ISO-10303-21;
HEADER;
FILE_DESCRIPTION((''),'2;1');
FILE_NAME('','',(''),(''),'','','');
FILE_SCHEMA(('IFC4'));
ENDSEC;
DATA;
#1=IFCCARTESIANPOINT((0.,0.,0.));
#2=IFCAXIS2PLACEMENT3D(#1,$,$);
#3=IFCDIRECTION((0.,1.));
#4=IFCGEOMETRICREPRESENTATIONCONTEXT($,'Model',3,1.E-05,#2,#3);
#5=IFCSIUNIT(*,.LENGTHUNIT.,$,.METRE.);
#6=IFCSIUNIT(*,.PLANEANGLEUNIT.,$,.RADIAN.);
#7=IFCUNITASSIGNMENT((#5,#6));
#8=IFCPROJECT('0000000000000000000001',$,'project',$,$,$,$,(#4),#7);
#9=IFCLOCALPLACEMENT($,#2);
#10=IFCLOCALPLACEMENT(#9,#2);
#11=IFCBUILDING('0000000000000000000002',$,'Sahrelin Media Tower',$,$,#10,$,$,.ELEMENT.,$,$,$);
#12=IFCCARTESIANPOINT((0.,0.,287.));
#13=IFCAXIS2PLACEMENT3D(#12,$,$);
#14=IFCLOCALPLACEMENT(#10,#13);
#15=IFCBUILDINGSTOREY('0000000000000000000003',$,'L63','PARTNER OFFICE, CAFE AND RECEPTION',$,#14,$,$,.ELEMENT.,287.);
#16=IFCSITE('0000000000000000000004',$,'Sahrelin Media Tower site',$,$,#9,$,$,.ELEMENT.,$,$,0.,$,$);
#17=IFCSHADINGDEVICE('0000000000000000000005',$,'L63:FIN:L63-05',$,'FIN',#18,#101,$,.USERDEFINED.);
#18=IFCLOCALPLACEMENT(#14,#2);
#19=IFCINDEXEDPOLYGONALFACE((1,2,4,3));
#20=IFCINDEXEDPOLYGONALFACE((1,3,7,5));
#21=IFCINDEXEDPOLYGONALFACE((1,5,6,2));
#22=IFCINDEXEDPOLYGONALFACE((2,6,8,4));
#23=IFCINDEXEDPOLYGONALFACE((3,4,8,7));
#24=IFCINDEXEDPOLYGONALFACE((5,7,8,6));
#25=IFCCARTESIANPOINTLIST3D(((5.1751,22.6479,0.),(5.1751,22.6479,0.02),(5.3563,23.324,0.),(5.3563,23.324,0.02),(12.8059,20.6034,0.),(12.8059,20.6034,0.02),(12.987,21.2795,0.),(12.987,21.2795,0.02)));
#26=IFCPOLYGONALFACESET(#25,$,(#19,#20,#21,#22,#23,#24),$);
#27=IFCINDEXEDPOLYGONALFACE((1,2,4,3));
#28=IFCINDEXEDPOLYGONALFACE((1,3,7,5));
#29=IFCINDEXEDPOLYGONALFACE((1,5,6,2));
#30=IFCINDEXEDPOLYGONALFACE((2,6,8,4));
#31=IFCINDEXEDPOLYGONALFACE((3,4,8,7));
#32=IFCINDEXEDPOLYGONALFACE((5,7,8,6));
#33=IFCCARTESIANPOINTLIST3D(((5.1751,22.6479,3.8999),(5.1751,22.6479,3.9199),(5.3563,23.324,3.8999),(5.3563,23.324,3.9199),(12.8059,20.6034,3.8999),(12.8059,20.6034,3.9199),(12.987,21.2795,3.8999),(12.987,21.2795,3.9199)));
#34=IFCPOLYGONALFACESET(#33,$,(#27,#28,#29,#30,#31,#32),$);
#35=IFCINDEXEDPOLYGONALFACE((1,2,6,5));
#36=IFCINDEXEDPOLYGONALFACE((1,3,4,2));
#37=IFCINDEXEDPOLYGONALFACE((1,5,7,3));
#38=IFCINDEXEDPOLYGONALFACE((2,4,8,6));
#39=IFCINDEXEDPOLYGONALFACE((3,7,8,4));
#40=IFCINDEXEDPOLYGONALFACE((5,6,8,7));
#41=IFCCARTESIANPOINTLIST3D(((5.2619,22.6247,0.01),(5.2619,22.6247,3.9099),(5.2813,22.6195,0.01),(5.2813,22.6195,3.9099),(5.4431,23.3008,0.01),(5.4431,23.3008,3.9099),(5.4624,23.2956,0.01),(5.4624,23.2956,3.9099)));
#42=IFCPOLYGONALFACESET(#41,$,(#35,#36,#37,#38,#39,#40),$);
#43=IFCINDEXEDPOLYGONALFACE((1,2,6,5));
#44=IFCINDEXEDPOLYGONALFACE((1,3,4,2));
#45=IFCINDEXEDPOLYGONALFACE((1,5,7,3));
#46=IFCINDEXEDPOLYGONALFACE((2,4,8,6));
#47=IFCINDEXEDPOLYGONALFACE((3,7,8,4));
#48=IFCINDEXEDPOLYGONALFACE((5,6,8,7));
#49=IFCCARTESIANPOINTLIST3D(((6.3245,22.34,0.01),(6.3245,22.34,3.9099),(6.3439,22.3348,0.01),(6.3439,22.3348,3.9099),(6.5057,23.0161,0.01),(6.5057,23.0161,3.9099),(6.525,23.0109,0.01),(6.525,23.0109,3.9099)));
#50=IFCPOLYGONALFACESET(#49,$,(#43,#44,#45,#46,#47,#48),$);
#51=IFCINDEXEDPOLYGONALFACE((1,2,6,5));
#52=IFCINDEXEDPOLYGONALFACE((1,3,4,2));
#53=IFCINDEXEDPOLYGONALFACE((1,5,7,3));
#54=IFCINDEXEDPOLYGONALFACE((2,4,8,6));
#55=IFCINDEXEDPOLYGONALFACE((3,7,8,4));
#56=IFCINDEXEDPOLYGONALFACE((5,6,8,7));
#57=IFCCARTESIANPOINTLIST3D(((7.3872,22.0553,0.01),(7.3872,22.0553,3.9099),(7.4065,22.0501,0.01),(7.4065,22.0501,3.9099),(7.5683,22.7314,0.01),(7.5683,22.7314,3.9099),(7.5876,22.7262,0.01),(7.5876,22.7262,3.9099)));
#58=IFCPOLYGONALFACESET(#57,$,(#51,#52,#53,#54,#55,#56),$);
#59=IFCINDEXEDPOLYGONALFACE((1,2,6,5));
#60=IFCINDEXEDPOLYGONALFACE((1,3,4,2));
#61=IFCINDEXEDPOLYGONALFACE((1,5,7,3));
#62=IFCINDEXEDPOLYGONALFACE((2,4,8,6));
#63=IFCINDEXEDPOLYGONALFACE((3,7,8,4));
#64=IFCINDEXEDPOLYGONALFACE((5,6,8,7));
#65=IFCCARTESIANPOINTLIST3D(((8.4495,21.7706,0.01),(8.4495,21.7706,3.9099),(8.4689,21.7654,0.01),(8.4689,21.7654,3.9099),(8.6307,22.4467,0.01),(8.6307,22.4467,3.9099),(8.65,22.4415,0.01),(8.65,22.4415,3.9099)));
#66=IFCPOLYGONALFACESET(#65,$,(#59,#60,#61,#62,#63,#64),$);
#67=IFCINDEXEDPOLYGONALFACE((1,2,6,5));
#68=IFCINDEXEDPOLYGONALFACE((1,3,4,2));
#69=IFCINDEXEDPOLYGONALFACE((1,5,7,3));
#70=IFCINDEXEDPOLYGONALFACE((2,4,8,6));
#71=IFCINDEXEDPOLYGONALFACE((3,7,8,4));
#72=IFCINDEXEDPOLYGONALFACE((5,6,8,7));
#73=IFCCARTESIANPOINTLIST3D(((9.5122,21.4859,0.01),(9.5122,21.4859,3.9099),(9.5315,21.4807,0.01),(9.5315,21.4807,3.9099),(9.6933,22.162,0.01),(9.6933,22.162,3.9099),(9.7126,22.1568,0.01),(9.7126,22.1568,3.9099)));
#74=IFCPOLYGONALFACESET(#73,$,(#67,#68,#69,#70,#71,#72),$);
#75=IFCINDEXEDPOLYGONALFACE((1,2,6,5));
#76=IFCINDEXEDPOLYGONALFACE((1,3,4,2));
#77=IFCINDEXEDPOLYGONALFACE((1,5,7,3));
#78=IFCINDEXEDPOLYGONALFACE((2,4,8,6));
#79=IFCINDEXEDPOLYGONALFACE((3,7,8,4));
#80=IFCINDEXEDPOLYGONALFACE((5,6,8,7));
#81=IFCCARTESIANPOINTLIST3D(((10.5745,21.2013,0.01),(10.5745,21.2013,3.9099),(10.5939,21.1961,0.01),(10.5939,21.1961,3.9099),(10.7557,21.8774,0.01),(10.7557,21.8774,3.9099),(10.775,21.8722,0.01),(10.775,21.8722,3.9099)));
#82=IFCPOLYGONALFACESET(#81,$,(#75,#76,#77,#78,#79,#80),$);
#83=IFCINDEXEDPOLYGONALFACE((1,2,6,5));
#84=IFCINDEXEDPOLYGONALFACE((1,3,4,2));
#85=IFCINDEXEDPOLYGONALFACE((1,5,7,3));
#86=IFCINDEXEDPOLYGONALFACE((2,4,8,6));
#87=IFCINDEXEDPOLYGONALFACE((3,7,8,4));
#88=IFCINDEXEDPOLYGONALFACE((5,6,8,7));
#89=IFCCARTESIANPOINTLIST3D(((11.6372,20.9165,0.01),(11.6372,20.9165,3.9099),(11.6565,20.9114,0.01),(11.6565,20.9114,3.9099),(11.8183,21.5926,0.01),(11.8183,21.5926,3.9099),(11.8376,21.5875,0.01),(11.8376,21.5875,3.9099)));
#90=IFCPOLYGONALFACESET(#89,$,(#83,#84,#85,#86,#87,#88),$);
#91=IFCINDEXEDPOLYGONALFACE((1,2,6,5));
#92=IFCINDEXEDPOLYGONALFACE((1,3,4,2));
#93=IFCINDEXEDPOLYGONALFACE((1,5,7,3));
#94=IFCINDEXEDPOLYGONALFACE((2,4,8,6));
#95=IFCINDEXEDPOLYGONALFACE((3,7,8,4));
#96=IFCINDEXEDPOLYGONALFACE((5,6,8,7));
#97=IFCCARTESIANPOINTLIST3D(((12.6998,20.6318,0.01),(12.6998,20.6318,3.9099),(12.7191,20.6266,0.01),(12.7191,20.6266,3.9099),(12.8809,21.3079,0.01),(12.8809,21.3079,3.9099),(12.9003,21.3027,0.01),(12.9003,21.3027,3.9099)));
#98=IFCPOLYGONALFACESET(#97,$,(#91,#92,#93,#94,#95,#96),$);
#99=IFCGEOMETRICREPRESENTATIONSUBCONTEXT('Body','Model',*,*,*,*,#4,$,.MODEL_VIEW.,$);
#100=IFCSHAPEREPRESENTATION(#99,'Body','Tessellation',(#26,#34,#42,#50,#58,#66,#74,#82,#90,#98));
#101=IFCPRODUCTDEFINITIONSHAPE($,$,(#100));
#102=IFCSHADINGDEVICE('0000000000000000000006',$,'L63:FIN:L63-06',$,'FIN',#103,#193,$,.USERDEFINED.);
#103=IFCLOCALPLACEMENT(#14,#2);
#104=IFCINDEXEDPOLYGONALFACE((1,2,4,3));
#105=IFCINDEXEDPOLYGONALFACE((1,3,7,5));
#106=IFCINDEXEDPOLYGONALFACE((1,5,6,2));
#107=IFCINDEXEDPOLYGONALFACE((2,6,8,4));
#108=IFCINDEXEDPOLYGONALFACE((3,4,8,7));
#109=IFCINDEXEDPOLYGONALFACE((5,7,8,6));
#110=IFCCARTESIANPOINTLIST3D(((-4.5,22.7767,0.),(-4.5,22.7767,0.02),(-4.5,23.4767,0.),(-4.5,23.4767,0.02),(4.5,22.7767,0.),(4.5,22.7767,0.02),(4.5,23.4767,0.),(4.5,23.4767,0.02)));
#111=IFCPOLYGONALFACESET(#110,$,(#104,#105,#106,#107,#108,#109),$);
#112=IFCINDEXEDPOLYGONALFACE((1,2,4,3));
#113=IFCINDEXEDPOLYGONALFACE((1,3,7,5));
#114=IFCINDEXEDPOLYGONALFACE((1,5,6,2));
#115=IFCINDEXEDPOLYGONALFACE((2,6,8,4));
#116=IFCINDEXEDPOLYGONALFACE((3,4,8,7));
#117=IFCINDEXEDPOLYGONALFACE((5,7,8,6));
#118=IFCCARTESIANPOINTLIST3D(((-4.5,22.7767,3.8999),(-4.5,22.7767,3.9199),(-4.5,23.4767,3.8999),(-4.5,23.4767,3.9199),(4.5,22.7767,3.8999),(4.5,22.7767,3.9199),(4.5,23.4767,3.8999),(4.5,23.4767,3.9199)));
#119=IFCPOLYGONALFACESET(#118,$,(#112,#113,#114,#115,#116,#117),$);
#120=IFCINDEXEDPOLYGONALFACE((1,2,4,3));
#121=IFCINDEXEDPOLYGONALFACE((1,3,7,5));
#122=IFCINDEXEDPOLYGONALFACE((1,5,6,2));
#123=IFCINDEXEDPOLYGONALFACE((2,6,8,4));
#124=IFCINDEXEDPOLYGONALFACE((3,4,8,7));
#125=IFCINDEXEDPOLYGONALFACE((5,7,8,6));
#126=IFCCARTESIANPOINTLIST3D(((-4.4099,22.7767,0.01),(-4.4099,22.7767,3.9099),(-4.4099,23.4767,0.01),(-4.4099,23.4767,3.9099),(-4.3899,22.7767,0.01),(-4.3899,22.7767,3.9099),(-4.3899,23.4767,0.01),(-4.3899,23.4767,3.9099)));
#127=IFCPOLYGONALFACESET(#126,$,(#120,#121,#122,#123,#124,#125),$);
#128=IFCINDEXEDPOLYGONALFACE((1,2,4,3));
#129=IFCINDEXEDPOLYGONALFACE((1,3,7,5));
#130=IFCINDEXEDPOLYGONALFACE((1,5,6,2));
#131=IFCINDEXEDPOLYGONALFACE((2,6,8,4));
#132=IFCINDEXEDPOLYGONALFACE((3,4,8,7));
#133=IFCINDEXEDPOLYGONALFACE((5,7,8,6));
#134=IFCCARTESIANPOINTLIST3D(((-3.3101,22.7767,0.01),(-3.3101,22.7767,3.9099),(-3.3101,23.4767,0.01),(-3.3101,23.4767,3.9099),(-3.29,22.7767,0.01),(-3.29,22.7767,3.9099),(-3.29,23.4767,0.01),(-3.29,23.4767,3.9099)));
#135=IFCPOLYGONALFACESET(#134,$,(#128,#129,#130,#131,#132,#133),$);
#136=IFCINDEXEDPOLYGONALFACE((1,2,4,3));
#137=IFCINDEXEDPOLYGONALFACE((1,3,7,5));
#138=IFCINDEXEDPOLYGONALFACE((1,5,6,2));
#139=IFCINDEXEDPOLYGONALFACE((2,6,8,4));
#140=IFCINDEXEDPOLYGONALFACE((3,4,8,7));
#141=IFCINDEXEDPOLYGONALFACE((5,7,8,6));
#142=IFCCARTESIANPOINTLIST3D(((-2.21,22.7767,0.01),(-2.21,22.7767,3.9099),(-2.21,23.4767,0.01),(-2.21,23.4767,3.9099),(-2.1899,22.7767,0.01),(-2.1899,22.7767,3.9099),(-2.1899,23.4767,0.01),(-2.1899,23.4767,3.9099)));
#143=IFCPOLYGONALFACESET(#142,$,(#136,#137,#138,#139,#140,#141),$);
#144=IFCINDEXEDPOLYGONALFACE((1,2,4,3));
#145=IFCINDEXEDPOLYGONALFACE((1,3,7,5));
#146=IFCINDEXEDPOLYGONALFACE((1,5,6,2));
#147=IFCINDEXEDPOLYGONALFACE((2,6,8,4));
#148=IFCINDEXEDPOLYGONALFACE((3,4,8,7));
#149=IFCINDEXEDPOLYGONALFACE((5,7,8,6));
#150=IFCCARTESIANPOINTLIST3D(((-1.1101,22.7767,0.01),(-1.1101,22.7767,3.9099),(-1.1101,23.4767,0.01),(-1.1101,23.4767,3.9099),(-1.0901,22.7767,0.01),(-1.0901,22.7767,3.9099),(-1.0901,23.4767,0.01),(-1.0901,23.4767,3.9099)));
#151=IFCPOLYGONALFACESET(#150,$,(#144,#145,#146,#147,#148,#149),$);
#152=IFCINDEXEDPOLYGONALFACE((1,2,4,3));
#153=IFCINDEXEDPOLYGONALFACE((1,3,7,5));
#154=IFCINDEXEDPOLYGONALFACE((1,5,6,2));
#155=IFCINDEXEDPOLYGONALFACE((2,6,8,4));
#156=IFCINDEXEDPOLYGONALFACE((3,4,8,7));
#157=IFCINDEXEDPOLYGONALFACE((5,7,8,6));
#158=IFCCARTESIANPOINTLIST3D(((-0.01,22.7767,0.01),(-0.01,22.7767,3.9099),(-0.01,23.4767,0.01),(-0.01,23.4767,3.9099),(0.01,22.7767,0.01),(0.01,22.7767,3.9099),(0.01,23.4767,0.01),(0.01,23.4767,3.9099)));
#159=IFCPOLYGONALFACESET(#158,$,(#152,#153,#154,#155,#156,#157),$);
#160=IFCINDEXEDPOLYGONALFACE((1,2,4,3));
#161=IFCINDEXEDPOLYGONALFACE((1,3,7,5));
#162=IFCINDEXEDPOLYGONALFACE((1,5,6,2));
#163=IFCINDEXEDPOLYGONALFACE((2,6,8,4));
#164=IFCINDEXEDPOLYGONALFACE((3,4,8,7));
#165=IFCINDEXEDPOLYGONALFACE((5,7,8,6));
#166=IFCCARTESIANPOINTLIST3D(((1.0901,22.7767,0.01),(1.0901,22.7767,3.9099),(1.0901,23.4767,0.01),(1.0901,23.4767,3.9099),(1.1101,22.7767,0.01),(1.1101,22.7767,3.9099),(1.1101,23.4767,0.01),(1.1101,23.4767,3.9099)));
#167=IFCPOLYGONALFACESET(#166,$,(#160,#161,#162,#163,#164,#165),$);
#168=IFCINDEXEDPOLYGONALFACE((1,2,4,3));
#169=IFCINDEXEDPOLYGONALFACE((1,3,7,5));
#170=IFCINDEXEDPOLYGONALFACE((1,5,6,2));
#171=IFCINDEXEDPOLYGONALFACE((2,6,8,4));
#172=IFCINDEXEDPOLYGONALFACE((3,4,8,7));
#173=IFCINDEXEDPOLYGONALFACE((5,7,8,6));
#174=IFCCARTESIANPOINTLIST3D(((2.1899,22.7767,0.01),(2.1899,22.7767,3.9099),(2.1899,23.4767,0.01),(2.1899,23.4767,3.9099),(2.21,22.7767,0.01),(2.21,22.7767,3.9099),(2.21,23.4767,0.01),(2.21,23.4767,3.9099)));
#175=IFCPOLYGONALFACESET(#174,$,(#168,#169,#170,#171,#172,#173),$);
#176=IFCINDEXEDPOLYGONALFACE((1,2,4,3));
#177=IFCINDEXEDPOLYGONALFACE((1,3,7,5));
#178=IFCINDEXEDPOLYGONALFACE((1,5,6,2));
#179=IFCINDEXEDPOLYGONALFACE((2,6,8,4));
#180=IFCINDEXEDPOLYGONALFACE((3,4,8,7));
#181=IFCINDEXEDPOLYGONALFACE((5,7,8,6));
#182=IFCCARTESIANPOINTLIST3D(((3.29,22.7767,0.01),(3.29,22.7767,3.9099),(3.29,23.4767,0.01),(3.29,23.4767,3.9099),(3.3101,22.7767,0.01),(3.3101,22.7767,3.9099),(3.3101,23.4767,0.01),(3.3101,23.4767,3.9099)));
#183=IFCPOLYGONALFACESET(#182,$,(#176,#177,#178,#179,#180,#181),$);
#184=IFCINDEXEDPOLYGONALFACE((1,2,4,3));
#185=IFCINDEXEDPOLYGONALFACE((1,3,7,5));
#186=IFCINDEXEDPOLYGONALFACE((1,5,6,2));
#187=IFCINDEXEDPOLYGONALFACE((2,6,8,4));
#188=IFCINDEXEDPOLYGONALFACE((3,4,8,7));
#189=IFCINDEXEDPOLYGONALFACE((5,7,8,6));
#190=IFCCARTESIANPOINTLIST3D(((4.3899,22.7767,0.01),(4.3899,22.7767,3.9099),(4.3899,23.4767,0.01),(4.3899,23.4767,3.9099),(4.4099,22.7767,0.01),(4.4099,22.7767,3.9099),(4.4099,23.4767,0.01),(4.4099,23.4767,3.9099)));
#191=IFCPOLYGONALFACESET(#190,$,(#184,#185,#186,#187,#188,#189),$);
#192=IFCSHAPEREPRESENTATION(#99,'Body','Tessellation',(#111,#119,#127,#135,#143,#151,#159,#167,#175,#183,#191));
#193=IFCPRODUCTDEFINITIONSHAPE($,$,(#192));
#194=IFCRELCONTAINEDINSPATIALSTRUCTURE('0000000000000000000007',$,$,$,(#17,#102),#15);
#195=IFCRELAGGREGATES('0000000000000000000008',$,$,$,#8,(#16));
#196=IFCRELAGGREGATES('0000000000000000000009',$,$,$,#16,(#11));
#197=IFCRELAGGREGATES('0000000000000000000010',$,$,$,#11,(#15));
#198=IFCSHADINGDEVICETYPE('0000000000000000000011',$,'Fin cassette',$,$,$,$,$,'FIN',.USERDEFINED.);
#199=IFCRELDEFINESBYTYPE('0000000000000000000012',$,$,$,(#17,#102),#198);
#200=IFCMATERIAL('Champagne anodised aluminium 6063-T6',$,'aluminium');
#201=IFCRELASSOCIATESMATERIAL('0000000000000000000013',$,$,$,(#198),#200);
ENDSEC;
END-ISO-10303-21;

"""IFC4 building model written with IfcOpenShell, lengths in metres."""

from ifc_helpers import new_model, si_unit, direction, frame, origin, origin_2d, place, context, subcontext, project, spatial, rectangle, extrude, material, type_object, element, save


model = new_model("IFC4")

# Units and contexts
model_context = context("Model", 3, precision=1e-05, world=origin(), true_north=direction((0.0, 1.0)))
body_context = subcontext(model_context, "Body", "Model", "MODEL_VIEW")
ifc_project = project(units=[si_unit("LENGTHUNIT", "METRE"), si_unit("PLANEANGLEUNIT", "RADIAN")], contexts=[model_context])

# Site, building, storey
site_placement = place(None, origin())
site = spatial("IfcSite", under=ifc_project, at=site_placement, Name="Sahrelin Media Tower site", CompositionType="ELEMENT", RefElevation=0.0)
building_placement = place(site_placement, origin())
building = spatial("IfcBuilding", under=site, at=building_placement, Name="Sahrelin Media Tower", CompositionType="ELEMENT")
storey_placement = place(building_placement, frame((0.0, 0.0, 287.0)))
storey = spatial("IfcBuildingStorey", under=building, at=storey_placement, Name="L63", Description="PARTNER OFFICE, CAFE AND RECEPTION", CompositionType="ELEMENT", Elevation=287.0)

# Shared definitions
ifc_material_1 = material(Name="Champagne anodised aluminium 6063-T6", Category="aluminium")
placement_1 = place(storey_placement, frame((0.0, 22.7068, 0.0), z_axis=(0.0, 0.0, 1.0), x_axis=(1.0, 0.0, 0.0)))

# Shading devices
shading_device_type_1 = type_object("IfcShadingDeviceType", Name="Fin cassette", ElementType="FIN", PredefinedType="USERDEFINED", material=ifc_material_1)
placement_2 = place(storey_placement, frame((8.9724, 21.5581, 0.0), z_axis=(0.0, 0.0, 1.0), x_axis=(0.965929, -0.258808, 0.0)))
element("IfcShadingDevice", 1, at=placement_2, inside=storey, type_object=shading_device_type_1, Name="L63:FIN:L63-05", ObjectType="FIN", PredefinedType="USERDEFINED", context=body_context, shape_type="SweptSolid", body=[
    extrude(rectangle(XDim=7.8999, YDim=0.7, at=origin_2d()), frame((0.0, 0.4199, 0.0)), (0.0, 0.0, 1.0), 0.02),
    extrude(rectangle(XDim=7.8999, YDim=0.7, at=origin_2d()), frame((0.0, 0.4199, 3.8999)), (0.0, 0.0, 1.0), 0.02),
    extrude(rectangle(XDim=0.02, YDim=0.7, at=origin_2d()), frame((-3.8501, 0.4199, 0.01), z_axis=(0.0, 0.0, 1.0), x_axis=(1.0, 0.0, 0.0)), (0.0, 0.0, 1.0), 3.8999),
    extrude(rectangle(XDim=0.02, YDim=0.7, at=origin_2d()), frame((-2.75, 0.4199, 0.01), z_axis=(0.0, 0.0, 1.0), x_axis=(1.0, 0.0, 0.0)), (0.0, 0.0, 1.0), 3.8999),
    extrude(rectangle(XDim=0.02, YDim=0.7, at=origin_2d()), frame((-1.6499, 0.4199, 0.01), z_axis=(0.0, 0.0, 1.0), x_axis=(1.0, 0.0, 0.0)), (0.0, 0.0, 1.0), 3.8999),
    extrude(rectangle(XDim=0.02, YDim=0.7, at=origin_2d()), frame((-0.55, 0.4199, 0.01), z_axis=(0.0, 0.0, 1.0), x_axis=(1.0, 0.0, 0.0)), (0.0, 0.0, 1.0), 3.8999),
    extrude(rectangle(XDim=0.02, YDim=0.7, at=origin_2d()), frame((0.55, 0.4199, 0.01), z_axis=(0.0, 0.0, 1.0), x_axis=(1.0, 0.0, 0.0)), (0.0, 0.0, 1.0), 3.8999),
    extrude(rectangle(XDim=0.02, YDim=0.7, at=origin_2d()), frame((1.6499, 0.4199, 0.01), z_axis=(0.0, 0.0, 1.0), x_axis=(1.0, 0.0, 0.0)), (0.0, 0.0, 1.0), 3.8999),
    extrude(rectangle(XDim=0.02, YDim=0.7, at=origin_2d()), frame((2.75, 0.4199, 0.01), z_axis=(0.0, 0.0, 1.0), x_axis=(1.0, 0.0, 0.0)), (0.0, 0.0, 1.0), 3.8999),
    extrude(rectangle(XDim=0.02, YDim=0.7, at=origin_2d()), frame((3.8501, 0.4199, 0.01), z_axis=(0.0, 0.0, 1.0), x_axis=(1.0, 0.0, 0.0)), (0.0, 0.0, 1.0), 3.8999),
])
element("IfcShadingDevice", 2, at=placement_1, inside=storey, type_object=shading_device_type_1, Name="L63:FIN:L63-06", ObjectType="FIN", PredefinedType="USERDEFINED", context=body_context, shape_type="SweptSolid", body=[
    extrude(rectangle(XDim=9.0, YDim=0.7, at=origin_2d()), frame((0.0, 0.4199, 0.0)), (0.0, 0.0, 1.0), 0.02),
    extrude(rectangle(XDim=9.0, YDim=0.7, at=origin_2d()), frame((0.0, 0.4199, 3.8999)), (0.0, 0.0, 1.0), 0.02),
    extrude(rectangle(XDim=0.02, YDim=0.7, at=origin_2d()), frame((-4.3999, 0.4199, 0.01), z_axis=(0.0, 0.0, 1.0), x_axis=(1.0, 0.0, 0.0)), (0.0, 0.0, 1.0), 3.8999),
    extrude(rectangle(XDim=0.02, YDim=0.7, at=origin_2d()), frame((-3.3, 0.4199, 0.01), z_axis=(0.0, 0.0, 1.0), x_axis=(1.0, 0.0, 0.0)), (0.0, 0.0, 1.0), 3.8999),
    extrude(rectangle(XDim=0.02, YDim=0.7, at=origin_2d()), frame((-2.2, 0.4199, 0.01), z_axis=(0.0, 0.0, 1.0), x_axis=(1.0, 0.0, 0.0)), (0.0, 0.0, 1.0), 3.8999),
    extrude(rectangle(XDim=0.02, YDim=0.7, at=origin_2d()), frame((-1.1001, 0.4199, 0.01), z_axis=(0.0, 0.0, 1.0), x_axis=(1.0, 0.0, 0.0)), (0.0, 0.0, 1.0), 3.8999),
    extrude(rectangle(XDim=0.02, YDim=0.7, at=origin_2d()), frame((0.0, 0.4199, 0.01), z_axis=(0.0, 0.0, 1.0), x_axis=(1.0, 0.0, 0.0)), (0.0, 0.0, 1.0), 3.8999),
    extrude(rectangle(XDim=0.02, YDim=0.7, at=origin_2d()), frame((1.1001, 0.4199, 0.01), z_axis=(0.0, 0.0, 1.0), x_axis=(1.0, 0.0, 0.0)), (0.0, 0.0, 1.0), 3.8999),
    extrude(rectangle(XDim=0.02, YDim=0.7, at=origin_2d()), frame((2.2, 0.4199, 0.01), z_axis=(0.0, 0.0, 1.0), x_axis=(1.0, 0.0, 0.0)), (0.0, 0.0, 1.0), 3.8999),
    extrude(rectangle(XDim=0.02, YDim=0.7, at=origin_2d()), frame((3.3, 0.4199, 0.01), z_axis=(0.0, 0.0, 1.0), x_axis=(1.0, 0.0, 0.0)), (0.0, 0.0, 1.0), 3.8999),
    extrude(rectangle(XDim=0.02, YDim=0.7, at=origin_2d()), frame((4.3999, 0.4199, 0.01), z_axis=(0.0, 0.0, 1.0), x_axis=(1.0, 0.0, 0.0)), (0.0, 0.0, 1.0), 3.8999),
])

save(model, "model.ifc")
